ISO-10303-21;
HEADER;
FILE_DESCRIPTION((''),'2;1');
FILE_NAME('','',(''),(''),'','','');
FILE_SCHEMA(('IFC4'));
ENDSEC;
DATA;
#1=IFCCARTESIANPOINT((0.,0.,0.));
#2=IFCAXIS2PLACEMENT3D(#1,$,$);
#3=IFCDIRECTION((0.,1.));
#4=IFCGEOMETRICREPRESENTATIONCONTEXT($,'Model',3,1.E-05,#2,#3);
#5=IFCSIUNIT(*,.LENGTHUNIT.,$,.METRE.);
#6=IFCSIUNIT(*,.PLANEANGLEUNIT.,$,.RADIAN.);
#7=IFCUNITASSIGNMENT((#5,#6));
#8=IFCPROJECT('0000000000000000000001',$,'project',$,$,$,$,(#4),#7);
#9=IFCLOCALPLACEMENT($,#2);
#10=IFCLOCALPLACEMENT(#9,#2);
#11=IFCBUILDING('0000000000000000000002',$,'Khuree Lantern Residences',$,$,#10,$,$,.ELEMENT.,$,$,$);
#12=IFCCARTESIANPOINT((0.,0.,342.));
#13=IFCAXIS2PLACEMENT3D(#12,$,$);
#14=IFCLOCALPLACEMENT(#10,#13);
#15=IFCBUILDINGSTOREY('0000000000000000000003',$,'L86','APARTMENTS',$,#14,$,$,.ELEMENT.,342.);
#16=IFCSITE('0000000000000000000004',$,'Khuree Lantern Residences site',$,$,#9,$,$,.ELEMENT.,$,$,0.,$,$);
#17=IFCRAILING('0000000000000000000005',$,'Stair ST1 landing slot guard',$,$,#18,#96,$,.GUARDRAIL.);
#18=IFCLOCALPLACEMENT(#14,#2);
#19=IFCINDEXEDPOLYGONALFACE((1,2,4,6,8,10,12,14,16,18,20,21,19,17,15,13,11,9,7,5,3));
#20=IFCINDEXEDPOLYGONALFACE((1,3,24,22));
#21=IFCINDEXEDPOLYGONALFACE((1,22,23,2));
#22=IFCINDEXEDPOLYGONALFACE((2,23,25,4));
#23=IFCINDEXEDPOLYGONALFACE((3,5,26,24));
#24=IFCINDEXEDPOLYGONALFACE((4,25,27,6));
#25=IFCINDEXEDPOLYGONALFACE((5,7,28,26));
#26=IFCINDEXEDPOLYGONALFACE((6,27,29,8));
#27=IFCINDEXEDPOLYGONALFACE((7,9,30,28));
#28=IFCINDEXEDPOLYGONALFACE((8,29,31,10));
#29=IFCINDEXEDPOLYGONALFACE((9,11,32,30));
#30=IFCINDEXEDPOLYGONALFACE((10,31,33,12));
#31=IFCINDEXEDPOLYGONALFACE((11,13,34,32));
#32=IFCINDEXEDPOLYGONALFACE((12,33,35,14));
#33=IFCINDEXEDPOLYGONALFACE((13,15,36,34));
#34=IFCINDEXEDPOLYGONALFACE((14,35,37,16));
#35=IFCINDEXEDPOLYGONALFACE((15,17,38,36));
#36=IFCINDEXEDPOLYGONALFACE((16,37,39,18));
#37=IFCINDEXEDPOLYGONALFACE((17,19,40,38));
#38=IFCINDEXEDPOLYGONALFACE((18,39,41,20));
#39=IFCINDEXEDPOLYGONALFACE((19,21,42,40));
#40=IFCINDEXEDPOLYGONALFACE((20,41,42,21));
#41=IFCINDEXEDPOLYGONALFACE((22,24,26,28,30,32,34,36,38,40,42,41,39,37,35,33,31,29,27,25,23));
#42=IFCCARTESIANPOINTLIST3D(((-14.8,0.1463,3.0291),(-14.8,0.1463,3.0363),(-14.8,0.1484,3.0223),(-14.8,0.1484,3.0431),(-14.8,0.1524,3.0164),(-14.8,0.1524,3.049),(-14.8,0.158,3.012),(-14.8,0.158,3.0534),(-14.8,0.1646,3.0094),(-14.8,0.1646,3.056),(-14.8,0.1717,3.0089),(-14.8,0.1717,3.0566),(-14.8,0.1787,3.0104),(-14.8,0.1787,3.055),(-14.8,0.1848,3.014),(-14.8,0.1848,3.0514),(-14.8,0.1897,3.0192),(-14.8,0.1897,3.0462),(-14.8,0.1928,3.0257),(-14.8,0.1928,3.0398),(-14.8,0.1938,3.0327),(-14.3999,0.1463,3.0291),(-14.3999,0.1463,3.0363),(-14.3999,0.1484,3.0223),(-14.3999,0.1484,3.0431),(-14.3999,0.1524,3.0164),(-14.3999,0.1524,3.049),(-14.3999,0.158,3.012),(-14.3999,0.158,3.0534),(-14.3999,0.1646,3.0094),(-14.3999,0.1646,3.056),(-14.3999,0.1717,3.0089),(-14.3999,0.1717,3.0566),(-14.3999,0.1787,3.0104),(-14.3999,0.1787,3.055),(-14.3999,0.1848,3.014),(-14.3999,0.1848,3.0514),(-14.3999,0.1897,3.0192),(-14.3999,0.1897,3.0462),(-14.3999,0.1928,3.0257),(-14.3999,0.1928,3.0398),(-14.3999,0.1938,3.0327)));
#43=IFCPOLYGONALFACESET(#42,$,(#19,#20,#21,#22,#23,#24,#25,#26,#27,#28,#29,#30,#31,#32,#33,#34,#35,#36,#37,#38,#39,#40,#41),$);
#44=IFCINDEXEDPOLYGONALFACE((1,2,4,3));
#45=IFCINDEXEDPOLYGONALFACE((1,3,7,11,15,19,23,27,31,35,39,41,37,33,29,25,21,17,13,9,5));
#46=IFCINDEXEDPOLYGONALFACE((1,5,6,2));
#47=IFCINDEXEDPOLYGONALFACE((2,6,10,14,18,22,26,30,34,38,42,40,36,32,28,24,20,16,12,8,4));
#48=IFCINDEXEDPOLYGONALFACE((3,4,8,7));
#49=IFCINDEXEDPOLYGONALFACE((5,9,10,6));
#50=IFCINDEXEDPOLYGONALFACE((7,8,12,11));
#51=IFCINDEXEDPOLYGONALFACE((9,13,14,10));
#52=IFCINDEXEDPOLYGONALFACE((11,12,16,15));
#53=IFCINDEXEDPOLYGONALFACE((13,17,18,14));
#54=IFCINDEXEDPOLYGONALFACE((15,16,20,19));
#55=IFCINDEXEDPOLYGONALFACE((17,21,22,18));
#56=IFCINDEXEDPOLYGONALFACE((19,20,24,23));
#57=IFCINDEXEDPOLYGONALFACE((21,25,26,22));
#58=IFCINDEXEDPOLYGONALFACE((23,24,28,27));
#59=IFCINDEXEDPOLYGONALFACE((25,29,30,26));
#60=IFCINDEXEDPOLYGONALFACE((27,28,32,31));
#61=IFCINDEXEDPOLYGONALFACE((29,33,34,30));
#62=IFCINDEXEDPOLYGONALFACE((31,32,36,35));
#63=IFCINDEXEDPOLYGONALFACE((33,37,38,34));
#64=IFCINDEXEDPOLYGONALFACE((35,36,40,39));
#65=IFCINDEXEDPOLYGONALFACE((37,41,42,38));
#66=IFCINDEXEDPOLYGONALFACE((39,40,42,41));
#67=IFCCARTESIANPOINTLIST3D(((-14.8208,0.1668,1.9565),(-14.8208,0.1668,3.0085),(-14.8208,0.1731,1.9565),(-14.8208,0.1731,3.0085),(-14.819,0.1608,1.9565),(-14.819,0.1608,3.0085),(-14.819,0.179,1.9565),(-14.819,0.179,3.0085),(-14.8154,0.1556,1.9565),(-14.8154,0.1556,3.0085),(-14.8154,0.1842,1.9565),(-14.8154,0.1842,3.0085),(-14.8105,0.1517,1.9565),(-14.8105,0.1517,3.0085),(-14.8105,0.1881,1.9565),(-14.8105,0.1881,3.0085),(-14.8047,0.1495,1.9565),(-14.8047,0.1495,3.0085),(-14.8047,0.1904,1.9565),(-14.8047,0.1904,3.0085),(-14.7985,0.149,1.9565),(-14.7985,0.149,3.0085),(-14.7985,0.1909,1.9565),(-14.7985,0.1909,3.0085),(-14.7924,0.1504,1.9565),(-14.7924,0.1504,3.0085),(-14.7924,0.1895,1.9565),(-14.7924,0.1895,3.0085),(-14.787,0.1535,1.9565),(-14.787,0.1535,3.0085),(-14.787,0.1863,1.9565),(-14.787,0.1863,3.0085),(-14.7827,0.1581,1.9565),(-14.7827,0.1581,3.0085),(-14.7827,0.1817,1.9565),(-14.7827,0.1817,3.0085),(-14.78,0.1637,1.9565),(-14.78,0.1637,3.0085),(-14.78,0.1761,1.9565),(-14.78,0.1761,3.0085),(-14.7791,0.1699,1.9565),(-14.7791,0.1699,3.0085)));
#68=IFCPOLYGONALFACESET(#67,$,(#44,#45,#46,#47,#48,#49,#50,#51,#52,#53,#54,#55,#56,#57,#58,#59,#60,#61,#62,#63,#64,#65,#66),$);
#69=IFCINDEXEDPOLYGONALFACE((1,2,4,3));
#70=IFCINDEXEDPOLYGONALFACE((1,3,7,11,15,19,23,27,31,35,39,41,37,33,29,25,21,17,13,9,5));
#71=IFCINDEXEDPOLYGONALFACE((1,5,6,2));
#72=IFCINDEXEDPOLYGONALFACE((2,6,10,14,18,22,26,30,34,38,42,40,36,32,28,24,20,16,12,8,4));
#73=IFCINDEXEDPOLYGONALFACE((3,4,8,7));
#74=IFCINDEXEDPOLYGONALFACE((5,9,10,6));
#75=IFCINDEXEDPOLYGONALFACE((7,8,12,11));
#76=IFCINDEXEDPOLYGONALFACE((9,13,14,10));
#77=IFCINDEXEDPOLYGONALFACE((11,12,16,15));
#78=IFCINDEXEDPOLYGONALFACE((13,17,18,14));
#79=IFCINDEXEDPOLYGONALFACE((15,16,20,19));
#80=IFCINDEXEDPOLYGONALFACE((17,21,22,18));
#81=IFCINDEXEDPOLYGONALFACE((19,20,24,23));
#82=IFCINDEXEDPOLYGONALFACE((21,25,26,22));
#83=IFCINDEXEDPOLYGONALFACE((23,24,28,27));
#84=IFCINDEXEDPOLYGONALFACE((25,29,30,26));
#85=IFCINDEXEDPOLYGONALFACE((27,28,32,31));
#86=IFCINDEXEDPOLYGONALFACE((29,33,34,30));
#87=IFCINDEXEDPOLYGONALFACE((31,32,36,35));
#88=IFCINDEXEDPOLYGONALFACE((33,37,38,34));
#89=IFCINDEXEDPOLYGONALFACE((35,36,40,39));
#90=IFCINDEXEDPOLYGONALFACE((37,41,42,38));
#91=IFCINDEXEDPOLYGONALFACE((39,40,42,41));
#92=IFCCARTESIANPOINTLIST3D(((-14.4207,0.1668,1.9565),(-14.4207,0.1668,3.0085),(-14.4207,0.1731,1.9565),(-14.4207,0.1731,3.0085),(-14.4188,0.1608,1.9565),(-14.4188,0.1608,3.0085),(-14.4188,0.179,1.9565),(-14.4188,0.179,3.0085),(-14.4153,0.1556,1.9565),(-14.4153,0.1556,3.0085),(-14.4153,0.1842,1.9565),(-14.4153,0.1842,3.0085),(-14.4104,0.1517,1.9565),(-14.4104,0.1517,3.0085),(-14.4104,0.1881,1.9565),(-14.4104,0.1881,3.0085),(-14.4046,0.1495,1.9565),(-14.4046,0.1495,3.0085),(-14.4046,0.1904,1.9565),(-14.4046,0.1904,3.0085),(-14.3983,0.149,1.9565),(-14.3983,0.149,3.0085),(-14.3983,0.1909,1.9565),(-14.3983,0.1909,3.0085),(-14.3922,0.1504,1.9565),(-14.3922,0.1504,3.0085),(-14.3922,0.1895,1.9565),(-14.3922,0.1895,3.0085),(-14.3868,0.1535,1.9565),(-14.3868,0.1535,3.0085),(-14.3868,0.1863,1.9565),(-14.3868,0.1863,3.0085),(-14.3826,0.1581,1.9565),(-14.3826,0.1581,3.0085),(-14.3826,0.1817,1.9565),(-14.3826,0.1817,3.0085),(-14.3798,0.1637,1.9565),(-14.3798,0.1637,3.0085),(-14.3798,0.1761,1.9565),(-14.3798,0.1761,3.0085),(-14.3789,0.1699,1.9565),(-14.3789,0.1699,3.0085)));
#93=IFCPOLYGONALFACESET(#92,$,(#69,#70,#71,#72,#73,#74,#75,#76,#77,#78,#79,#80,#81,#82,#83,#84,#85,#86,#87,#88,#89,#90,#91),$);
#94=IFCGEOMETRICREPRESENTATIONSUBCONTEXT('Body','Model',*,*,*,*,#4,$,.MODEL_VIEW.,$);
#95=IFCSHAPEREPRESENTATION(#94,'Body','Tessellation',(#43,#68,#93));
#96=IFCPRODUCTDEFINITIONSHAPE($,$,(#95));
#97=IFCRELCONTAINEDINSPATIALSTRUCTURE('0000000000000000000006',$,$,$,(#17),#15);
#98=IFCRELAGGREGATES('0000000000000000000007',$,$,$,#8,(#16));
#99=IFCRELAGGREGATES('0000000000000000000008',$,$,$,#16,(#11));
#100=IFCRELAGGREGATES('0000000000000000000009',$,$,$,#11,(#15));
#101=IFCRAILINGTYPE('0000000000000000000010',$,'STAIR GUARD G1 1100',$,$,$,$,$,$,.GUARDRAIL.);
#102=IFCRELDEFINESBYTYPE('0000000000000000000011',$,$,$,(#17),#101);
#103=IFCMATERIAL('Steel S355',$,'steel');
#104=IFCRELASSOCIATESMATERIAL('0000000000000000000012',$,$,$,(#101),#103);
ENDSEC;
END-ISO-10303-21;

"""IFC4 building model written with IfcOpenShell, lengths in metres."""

from ifc_helpers import new_model, si_unit, direction, frame, origin, origin_2d, place, context, subcontext, project, spatial, circle, extrude, material, type_object, element, save


model = new_model("IFC4")

# Units and contexts
model_context = context("Model", 3, precision=1e-05, world=origin(), true_north=direction((0.0, 1.0)))
body_context = subcontext(model_context, "Body", "Model", "MODEL_VIEW")
ifc_project = project(units=[si_unit("LENGTHUNIT", "METRE"), si_unit("PLANEANGLEUNIT", "RADIAN")], contexts=[model_context])

# Site, building, storey
site_placement = place(None, origin())
site = spatial("IfcSite", under=ifc_project, at=site_placement, Name="Khuree Lantern Residences site", CompositionType="ELEMENT", RefElevation=0.0)
building_placement = place(site_placement, origin())
building = spatial("IfcBuilding", under=site, at=building_placement, Name="Khuree Lantern Residences", CompositionType="ELEMENT")
storey_placement = place(building_placement, frame((0.0, 0.0, 342.0)))
storey = spatial("IfcBuildingStorey", under=building, at=storey_placement, Name="L86", Description="APARTMENTS", CompositionType="ELEMENT", Elevation=342.0)

# Shared definitions
ifc_material_1 = material(Name="Steel S355", Category="steel")

# Railing
railing_type = type_object("IfcRailingType", Name="STAIR GUARD G1 1100", PredefinedType="GUARDRAIL", material=ifc_material_1)
railing_placement = place(storey_placement, frame((-14.8, 0.1699, 1.9565)))
element("IfcRailing", 1, at=railing_placement, inside=storey, type_object=railing_type, Name="Stair ST1 landing slot guard", PredefinedType="GUARDRAIL", context=body_context, shape_type="SweptSolid", body=[
    extrude(circle(Radius=0.0239, at=origin_2d()), frame((0.0, 0.0, 1.0762), z_axis=(1.0, 0.0, 0.0), x_axis=(0.0, 1.0, 0.0)), (0.0, 0.0, 1.0), 0.4001),
    extrude(circle(Radius=0.021, at=origin_2d()), origin(), (0.0, 0.0, 1.0), 1.052),
    extrude(circle(Radius=0.021, at=origin_2d()), frame((0.4001, 0.0, 0.0)), (0.0, 0.0, 1.0), 1.052),
])

save(model, "model.ifc")
